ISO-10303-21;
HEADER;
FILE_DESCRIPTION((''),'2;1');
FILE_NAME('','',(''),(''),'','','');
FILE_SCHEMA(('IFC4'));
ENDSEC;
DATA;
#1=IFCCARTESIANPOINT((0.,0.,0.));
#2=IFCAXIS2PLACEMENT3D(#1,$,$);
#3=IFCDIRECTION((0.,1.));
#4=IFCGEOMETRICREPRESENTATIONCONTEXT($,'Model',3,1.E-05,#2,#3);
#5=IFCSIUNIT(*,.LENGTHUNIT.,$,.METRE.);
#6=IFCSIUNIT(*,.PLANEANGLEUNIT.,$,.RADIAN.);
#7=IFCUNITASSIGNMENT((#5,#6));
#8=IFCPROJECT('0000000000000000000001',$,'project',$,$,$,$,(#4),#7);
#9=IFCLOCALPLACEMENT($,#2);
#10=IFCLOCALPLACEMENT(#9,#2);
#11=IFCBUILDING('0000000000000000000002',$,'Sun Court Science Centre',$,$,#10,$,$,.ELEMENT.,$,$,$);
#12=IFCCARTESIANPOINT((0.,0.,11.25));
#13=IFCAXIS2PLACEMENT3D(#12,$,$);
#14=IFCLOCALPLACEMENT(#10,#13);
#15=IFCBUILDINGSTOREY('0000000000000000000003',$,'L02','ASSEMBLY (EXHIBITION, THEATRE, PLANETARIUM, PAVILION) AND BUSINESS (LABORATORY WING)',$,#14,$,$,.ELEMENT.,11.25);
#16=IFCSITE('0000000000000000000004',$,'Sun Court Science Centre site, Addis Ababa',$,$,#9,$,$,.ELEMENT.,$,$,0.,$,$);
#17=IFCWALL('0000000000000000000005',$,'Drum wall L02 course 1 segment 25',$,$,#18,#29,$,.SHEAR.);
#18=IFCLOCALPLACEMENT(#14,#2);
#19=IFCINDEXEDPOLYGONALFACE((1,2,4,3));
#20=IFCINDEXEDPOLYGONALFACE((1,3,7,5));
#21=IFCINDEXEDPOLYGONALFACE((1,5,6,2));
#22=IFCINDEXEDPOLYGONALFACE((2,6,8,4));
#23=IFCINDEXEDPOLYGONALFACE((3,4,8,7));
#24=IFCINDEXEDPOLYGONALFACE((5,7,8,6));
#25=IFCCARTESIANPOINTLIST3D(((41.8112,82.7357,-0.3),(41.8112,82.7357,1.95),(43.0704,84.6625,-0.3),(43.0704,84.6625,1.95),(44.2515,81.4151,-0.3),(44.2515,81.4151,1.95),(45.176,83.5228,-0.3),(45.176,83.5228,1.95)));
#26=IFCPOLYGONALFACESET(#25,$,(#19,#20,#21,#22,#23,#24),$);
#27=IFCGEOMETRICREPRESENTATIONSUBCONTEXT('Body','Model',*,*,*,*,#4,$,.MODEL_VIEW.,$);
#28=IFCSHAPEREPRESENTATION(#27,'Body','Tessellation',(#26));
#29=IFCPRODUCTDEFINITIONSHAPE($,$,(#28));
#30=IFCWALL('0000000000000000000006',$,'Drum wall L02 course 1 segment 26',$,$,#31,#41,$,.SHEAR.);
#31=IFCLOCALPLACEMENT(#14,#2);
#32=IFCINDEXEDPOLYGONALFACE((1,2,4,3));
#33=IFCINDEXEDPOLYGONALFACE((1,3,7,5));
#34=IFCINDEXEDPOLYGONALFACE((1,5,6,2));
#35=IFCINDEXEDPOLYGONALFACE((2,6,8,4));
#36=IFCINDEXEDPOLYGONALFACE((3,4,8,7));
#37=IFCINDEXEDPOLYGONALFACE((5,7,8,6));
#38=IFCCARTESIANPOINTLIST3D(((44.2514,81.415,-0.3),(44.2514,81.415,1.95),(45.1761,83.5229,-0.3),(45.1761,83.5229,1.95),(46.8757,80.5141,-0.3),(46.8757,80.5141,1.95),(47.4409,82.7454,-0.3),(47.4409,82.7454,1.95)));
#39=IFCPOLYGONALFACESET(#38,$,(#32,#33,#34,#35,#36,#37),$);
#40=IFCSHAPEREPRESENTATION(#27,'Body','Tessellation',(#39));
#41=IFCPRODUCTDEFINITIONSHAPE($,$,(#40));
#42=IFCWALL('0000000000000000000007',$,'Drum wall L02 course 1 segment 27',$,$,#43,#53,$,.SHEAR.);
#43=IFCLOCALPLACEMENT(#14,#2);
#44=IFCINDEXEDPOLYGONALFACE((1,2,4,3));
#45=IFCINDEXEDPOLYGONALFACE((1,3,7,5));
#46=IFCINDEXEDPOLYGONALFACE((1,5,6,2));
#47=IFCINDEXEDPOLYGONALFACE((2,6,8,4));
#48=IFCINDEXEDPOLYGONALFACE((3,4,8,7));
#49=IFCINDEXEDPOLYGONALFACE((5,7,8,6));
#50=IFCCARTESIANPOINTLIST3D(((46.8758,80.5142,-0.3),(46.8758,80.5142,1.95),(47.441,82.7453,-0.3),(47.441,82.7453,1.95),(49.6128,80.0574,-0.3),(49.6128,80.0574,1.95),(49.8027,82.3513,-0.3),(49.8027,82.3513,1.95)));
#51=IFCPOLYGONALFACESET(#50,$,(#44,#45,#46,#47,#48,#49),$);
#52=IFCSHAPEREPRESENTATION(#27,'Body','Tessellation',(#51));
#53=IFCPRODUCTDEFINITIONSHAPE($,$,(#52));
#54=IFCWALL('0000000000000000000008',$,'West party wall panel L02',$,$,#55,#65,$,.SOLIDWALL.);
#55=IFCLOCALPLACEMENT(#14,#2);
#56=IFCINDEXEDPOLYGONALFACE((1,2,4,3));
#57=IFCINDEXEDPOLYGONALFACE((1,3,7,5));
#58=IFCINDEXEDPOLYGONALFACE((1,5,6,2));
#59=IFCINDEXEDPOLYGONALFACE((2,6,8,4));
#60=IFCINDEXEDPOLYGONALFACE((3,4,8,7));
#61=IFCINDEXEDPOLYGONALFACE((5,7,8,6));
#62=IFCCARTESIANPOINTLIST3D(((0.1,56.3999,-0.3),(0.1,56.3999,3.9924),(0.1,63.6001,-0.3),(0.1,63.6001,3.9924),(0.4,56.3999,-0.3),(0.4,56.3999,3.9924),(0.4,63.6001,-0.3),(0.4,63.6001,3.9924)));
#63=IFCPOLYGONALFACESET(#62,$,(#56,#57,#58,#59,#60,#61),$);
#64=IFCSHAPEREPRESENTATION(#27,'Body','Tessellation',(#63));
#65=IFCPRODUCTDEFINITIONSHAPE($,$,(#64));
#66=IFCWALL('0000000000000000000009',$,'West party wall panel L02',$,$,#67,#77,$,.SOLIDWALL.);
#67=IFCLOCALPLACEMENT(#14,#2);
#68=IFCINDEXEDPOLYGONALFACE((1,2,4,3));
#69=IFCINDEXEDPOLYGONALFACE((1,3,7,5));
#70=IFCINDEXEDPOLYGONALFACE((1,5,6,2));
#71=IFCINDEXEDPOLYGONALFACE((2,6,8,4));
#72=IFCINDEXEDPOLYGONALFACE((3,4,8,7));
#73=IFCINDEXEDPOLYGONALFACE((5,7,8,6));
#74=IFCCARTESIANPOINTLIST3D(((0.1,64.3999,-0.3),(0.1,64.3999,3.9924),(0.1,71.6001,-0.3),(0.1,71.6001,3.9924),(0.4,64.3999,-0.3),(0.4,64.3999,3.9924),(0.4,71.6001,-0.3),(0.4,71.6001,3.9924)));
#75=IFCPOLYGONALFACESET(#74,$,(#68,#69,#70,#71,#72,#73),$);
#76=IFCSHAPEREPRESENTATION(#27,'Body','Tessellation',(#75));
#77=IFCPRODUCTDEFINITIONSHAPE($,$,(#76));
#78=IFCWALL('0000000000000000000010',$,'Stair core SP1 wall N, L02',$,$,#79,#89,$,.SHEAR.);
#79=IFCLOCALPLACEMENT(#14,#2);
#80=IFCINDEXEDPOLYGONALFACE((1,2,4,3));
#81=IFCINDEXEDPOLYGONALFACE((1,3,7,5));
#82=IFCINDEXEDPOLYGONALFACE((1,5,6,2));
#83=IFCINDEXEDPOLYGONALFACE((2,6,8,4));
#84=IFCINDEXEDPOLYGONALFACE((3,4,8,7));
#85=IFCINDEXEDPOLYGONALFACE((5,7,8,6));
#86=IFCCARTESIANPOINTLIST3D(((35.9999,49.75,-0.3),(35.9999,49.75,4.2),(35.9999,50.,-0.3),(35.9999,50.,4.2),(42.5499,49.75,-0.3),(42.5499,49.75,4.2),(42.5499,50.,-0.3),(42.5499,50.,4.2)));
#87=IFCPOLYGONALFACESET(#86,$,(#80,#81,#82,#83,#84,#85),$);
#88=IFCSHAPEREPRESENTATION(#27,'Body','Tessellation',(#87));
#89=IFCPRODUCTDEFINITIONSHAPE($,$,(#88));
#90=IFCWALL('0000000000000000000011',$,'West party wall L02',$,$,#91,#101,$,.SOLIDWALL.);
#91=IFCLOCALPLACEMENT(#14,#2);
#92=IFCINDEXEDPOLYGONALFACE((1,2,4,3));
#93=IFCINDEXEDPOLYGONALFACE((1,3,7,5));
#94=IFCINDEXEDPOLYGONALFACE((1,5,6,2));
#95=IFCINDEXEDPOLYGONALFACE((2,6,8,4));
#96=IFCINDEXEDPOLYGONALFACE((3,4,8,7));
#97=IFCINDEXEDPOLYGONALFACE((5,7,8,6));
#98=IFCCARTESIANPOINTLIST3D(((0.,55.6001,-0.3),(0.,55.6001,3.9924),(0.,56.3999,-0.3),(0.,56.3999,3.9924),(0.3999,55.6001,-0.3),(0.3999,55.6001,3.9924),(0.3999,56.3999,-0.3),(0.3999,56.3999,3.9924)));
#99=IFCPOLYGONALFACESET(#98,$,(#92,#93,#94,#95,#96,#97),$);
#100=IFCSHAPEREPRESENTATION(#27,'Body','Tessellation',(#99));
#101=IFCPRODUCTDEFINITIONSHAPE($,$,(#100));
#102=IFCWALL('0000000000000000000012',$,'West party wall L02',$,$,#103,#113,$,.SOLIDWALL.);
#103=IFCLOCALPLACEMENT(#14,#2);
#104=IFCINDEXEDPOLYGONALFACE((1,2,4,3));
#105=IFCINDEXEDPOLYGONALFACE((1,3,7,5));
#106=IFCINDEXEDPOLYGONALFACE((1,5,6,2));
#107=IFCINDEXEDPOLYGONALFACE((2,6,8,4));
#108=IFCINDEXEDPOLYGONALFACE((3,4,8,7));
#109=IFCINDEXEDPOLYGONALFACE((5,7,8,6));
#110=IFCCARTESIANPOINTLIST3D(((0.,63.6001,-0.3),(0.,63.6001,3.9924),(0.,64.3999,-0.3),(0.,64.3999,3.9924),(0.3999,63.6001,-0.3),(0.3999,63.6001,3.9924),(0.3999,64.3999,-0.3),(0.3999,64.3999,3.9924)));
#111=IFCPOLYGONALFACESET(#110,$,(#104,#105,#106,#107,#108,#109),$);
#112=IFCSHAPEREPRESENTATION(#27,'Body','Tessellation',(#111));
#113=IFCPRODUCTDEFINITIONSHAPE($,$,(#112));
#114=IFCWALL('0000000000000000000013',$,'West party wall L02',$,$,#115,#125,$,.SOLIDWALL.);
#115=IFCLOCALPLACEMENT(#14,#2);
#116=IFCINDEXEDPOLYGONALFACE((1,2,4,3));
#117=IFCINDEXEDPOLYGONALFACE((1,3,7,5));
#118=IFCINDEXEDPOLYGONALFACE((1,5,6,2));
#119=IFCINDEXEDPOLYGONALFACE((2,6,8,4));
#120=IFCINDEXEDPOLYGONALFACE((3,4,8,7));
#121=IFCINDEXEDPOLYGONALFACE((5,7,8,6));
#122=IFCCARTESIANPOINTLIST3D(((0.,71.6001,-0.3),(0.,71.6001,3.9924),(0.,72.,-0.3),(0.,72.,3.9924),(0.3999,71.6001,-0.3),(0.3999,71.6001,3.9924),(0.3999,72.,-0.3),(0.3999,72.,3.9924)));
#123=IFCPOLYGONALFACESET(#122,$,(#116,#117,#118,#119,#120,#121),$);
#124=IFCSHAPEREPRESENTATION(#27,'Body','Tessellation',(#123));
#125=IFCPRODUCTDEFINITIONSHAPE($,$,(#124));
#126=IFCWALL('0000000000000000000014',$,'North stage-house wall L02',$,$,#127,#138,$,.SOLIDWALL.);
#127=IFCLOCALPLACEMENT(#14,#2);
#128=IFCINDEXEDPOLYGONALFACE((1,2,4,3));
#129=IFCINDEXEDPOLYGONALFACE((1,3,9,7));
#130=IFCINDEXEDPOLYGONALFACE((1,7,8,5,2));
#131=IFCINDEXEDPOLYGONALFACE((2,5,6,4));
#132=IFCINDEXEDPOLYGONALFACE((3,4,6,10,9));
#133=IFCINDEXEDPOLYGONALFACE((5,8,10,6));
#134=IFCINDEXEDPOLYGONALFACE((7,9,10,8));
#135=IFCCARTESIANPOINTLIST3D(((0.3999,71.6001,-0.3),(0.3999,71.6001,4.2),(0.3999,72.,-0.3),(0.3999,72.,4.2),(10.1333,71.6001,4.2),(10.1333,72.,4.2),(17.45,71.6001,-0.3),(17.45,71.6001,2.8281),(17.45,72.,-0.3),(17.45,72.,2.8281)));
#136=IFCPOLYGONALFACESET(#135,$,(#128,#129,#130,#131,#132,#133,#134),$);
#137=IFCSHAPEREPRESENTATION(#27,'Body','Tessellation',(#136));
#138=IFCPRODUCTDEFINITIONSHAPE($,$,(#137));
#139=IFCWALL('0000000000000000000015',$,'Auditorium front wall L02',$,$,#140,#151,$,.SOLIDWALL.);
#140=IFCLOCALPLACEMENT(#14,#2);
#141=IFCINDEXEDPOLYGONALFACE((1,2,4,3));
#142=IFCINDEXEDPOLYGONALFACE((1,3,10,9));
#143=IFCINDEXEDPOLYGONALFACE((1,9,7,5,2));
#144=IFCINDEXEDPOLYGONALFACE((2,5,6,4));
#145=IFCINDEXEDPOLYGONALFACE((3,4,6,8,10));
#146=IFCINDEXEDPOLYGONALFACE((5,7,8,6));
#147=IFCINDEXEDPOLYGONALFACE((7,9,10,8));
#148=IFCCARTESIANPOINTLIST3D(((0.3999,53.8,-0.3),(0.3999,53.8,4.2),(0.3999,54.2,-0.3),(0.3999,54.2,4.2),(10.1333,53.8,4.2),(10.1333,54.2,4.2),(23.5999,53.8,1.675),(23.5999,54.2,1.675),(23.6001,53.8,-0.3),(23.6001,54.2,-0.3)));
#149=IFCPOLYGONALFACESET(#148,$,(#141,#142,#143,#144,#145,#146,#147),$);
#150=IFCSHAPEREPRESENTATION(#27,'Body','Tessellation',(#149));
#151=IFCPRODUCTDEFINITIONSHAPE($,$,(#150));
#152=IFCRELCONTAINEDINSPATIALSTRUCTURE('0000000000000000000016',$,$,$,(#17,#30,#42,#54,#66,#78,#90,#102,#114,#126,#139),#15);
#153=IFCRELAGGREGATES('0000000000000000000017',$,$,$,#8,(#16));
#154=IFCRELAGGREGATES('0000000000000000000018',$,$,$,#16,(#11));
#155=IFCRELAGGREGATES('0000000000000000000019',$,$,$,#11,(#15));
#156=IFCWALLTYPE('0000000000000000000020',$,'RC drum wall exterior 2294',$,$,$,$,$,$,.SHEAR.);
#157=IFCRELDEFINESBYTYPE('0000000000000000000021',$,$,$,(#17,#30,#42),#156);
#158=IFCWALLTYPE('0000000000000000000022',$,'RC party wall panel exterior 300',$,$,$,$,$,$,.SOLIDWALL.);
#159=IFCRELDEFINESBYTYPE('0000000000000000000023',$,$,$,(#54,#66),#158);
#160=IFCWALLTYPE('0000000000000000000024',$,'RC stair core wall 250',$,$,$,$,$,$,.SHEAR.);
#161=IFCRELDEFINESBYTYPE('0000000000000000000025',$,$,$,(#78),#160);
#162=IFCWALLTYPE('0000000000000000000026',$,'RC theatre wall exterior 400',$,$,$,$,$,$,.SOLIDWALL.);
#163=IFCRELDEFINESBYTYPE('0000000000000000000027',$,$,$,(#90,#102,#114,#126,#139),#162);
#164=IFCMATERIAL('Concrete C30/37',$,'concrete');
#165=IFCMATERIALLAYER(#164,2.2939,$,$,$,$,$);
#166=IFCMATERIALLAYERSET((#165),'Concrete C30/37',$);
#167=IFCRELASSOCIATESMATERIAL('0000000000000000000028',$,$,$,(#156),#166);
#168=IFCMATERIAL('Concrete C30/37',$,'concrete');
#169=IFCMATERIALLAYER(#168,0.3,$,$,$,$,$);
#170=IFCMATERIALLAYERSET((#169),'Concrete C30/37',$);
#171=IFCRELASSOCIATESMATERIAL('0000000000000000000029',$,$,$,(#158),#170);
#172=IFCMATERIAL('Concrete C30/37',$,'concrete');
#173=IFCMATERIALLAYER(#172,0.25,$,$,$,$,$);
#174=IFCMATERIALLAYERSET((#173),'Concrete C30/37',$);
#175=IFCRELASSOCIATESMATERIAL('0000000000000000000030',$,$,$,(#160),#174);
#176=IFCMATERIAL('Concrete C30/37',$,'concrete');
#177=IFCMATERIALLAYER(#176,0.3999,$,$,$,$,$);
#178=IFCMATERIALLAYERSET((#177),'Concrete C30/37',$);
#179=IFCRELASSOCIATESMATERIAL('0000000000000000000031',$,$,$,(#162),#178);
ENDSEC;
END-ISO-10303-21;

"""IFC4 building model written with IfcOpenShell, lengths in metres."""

from ifc_helpers import new_model, si_unit, direction, frame, frame_2d, origin, place, context, subcontext, project, spatial, polyline, rectangle, outline, extrude, material, layer, layer_set, type_object, element, save


model = new_model("IFC4")

# Units and contexts
model_context = context("Model", 3, precision=1e-05, world=origin(), true_north=direction((0.0, 1.0)))
body_context = subcontext(model_context, "Body", "Model", "MODEL_VIEW")
ifc_project = project(units=[si_unit("LENGTHUNIT", "METRE"), si_unit("PLANEANGLEUNIT", "RADIAN")], contexts=[model_context])

# Site, building, storey
site_placement = place(None, origin())
site = spatial("IfcSite", under=ifc_project, at=site_placement, Name="Sun Court Science Centre site, Addis Ababa", CompositionType="ELEMENT", RefElevation=0.0)
building_placement = place(site_placement, origin())
building = spatial("IfcBuilding", under=site, at=building_placement, Name="Sun Court Science Centre", CompositionType="ELEMENT")
storey_placement = place(building_placement, frame((0.0, 0.0, 11.25)))
storey = spatial("IfcBuildingStorey", under=building, at=storey_placement, Name="L02", Description="ASSEMBLY (EXHIBITION, THEATRE, PLANETARIUM, PAVILION) AND BUSINESS (LABORATORY WING)", CompositionType="ELEMENT", Elevation=11.25)

# Walls
ifc_material_1 = material(Name="Concrete C30/37", Category="concrete")
ifc_layer_1 = layer(ifc_material_1, 2.2939)
ifc_layer_set_1 = layer_set([ifc_layer_1], Name="Concrete C30/37")
wall_type_1 = type_object("IfcWallType", Name="RC drum wall exterior 2294", PredefinedType="SHEAR", material=ifc_layer_set_1)
wall_1_placement = place(storey_placement, frame((42.3572, 83.7444, -0.3), z_axis=(0.0, 0.0, 1.0), x_axis=(0.879438, -0.476014, 0.0)))
element("IfcWall", 1, at=wall_1_placement, inside=storey, type_object=wall_type_1, Name="Drum wall L02 course 1 segment 25", PredefinedType="SHEAR", context=body_context, shape_type="SweptSolid", body=[
    extrude(outline(polyline([(0.0, -1.147), (2.7747, -1.1467), (2.5845, 1.147), (0.1902, 1.147), (0.0, -1.147)])), origin(), (0.0, 0.0, 1.0), 2.25),
])
wall_2_placement = place(storey_placement, frame((44.624, 82.4998, -0.3), z_axis=(0.0, 0.0, 1.0), x_axis=(0.945821, -0.324689, 0.0)))
element("IfcWall", 2, at=wall_2_placement, inside=storey, type_object=wall_type_1, Name="Drum wall L02 course 1 segment 26", PredefinedType="SHEAR", context=body_context, shape_type="SweptSolid", body=[
    extrude(outline(polyline([(-0.0002, -1.147), (2.7744, -1.147), (2.5845, 1.147), (0.1899, 1.147), (-0.0002, -1.147)])), origin(), (0.0, 0.0, 1.0), 2.25),
])
wall_3_placement = place(storey_placement, frame((47.0647, 81.6453, -0.3), z_axis=(0.0, 0.0, 1.0), x_axis=(0.98637, -0.164542, 0.0)))
element("IfcWall", 3, at=wall_3_placement, inside=storey, type_object=wall_type_1, Name="Drum wall L02 course 1 segment 27", PredefinedType="SHEAR", context=body_context, shape_type="SweptSolid", body=[
    extrude(outline(polyline([(-0.0002, -1.1467), (2.7747, -1.147), (2.5845, 1.147), (0.1902, 1.147), (-0.0002, -1.1467)])), origin(), (0.0, 0.0, 1.0), 2.25),
])
ifc_material_2 = material(Name="Concrete C30/37", Category="concrete")
ifc_layer_2 = layer(ifc_material_2, 0.3)
ifc_layer_set_2 = layer_set([ifc_layer_2], Name="Concrete C30/37")
wall_type_2 = type_object("IfcWallType", Name="RC party wall panel exterior 300", PredefinedType="SOLIDWALL", material=ifc_layer_set_2)
for number, where, z_axis, x_axis, name in (
    (4, (0.25, 56.3999, -0.3), (0.0, 0.0, 1.0), (0.0, 1.0, 0.0), "West party wall panel L02"),
    (5, (0.25, 64.3999, -0.3), (0.0, 0.0, 1.0), (0.0, 1.0, 0.0), "West party wall panel L02"),
):
    element("IfcWall", number, at=place(storey_placement, frame(where, z_axis=z_axis, x_axis=x_axis)), inside=storey, type_object=wall_type_2, Name=name, PredefinedType="SOLIDWALL", context=body_context, shape_type="SweptSolid", body=[
        extrude(rectangle(XDim=7.2002, YDim=0.3, at=frame_2d((3.6001, 0.0))), origin(), (0.0, 0.0, 1.0), 4.2925),
    ])
ifc_material_3 = material(Name="Concrete C30/37", Category="concrete")
ifc_layer_3 = layer(ifc_material_3, 0.25)
ifc_layer_set_3 = layer_set([ifc_layer_3], Name="Concrete C30/37")
wall_type_3 = type_object("IfcWallType", Name="RC stair core wall 250", PredefinedType="SHEAR", material=ifc_layer_set_3)
wall_4_placement = place(storey_placement, frame((36.0, 49.875, -0.3), z_axis=(0.0, 0.0, 1.0), x_axis=(1.0, 0.0, 0.0)))
element("IfcWall", 6, at=wall_4_placement, inside=storey, type_object=wall_type_3, Name="Stair core SP1 wall N, L02", PredefinedType="SHEAR", context=body_context, shape_type="SweptSolid", body=[
    extrude(rectangle(XDim=6.55, YDim=0.25, at=frame_2d((3.2749, 0.0))), origin(), (0.0, 0.0, 1.0), 4.5),
])
ifc_material_4 = material(Name="Concrete C30/37", Category="concrete")
ifc_layer_4 = layer(ifc_material_4, 0.3999)
ifc_layer_set_4 = layer_set([ifc_layer_4], Name="Concrete C30/37")
wall_type_4 = type_object("IfcWallType", Name="RC theatre wall exterior 400", PredefinedType="SOLIDWALL", material=ifc_layer_set_4)
for number, where, z_axis, x_axis, name in (
    (7, (0.2, 55.6001, -0.3), (0.0, 0.0, 1.0), (0.0, 1.0, 0.0), "West party wall L02"),
    (8, (0.2, 63.6001, -0.3), (0.0, 0.0, 1.0), (0.0, 1.0, 0.0), "West party wall L02"),
):
    element("IfcWall", number, at=place(storey_placement, frame(where, z_axis=z_axis, x_axis=x_axis)), inside=storey, type_object=wall_type_4, Name=name, PredefinedType="SOLIDWALL", context=body_context, shape_type="SweptSolid", body=[
        extrude(rectangle(XDim=0.7998, YDim=0.3999, at=frame_2d((0.3999, 0.0))), origin(), (0.0, 0.0, 1.0), 4.2925),
    ])
wall_5_placement = place(storey_placement, frame((0.2, 71.6001, -0.3), z_axis=(0.0, 0.0, 1.0), x_axis=(0.0, 1.0, 0.0)))
element("IfcWall", 9, at=wall_5_placement, inside=storey, type_object=wall_type_4, Name="West party wall L02", PredefinedType="SOLIDWALL", context=body_context, shape_type="SweptSolid", body=[
    extrude(rectangle(XDim=0.3999, YDim=0.3999, at=frame_2d((0.2, 0.0))), origin(), (0.0, 0.0, 1.0), 4.2925),
])
wall_6_placement = place(storey_placement, frame((0.3999, 71.8, -0.3), z_axis=(0.0, 0.0, 1.0), x_axis=(1.0, 0.0, 0.0)))
element("IfcWall", 10, at=wall_6_placement, inside=storey, type_object=wall_type_4, Name="North stage-house wall L02", PredefinedType="SOLIDWALL", context=body_context, shape_type="SweptSolid", body=[
    extrude(outline(polyline([(0.0, 0.0), (17.05, 0.0), (17.05, 3.1282), (9.7334, 4.5), (0.0, 4.5), (0.0, 0.0)])), frame((0.0, 0.2, 0.0), z_axis=(0.0, -1.0, 0.0), x_axis=(1.0, 0.0, 0.0)), (0.0, 0.0, 1.0), 0.3999),
])
wall_7_placement = place(storey_placement, frame((0.3999, 54.0, -0.3), z_axis=(0.0, 0.0, 1.0), x_axis=(1.0, 0.0, 0.0)))
element("IfcWall", 11, at=wall_7_placement, inside=storey, type_object=wall_type_4, Name="Auditorium front wall L02", PredefinedType="SOLIDWALL", context=body_context, shape_type="SweptSolid", body=[
    extrude(outline(polyline([(0.0, 0.0), (23.2002, 0.0), (23.2, 1.9751), (9.7334, 4.5), (0.0, 4.5), (0.0, 0.0)])), frame((0.0, 0.2, 0.0), z_axis=(0.0, -1.0, 0.0), x_axis=(1.0, 0.0, 0.0)), (0.0, 0.0, 1.0), 0.3999),
])

save(model, "model.ifc")
